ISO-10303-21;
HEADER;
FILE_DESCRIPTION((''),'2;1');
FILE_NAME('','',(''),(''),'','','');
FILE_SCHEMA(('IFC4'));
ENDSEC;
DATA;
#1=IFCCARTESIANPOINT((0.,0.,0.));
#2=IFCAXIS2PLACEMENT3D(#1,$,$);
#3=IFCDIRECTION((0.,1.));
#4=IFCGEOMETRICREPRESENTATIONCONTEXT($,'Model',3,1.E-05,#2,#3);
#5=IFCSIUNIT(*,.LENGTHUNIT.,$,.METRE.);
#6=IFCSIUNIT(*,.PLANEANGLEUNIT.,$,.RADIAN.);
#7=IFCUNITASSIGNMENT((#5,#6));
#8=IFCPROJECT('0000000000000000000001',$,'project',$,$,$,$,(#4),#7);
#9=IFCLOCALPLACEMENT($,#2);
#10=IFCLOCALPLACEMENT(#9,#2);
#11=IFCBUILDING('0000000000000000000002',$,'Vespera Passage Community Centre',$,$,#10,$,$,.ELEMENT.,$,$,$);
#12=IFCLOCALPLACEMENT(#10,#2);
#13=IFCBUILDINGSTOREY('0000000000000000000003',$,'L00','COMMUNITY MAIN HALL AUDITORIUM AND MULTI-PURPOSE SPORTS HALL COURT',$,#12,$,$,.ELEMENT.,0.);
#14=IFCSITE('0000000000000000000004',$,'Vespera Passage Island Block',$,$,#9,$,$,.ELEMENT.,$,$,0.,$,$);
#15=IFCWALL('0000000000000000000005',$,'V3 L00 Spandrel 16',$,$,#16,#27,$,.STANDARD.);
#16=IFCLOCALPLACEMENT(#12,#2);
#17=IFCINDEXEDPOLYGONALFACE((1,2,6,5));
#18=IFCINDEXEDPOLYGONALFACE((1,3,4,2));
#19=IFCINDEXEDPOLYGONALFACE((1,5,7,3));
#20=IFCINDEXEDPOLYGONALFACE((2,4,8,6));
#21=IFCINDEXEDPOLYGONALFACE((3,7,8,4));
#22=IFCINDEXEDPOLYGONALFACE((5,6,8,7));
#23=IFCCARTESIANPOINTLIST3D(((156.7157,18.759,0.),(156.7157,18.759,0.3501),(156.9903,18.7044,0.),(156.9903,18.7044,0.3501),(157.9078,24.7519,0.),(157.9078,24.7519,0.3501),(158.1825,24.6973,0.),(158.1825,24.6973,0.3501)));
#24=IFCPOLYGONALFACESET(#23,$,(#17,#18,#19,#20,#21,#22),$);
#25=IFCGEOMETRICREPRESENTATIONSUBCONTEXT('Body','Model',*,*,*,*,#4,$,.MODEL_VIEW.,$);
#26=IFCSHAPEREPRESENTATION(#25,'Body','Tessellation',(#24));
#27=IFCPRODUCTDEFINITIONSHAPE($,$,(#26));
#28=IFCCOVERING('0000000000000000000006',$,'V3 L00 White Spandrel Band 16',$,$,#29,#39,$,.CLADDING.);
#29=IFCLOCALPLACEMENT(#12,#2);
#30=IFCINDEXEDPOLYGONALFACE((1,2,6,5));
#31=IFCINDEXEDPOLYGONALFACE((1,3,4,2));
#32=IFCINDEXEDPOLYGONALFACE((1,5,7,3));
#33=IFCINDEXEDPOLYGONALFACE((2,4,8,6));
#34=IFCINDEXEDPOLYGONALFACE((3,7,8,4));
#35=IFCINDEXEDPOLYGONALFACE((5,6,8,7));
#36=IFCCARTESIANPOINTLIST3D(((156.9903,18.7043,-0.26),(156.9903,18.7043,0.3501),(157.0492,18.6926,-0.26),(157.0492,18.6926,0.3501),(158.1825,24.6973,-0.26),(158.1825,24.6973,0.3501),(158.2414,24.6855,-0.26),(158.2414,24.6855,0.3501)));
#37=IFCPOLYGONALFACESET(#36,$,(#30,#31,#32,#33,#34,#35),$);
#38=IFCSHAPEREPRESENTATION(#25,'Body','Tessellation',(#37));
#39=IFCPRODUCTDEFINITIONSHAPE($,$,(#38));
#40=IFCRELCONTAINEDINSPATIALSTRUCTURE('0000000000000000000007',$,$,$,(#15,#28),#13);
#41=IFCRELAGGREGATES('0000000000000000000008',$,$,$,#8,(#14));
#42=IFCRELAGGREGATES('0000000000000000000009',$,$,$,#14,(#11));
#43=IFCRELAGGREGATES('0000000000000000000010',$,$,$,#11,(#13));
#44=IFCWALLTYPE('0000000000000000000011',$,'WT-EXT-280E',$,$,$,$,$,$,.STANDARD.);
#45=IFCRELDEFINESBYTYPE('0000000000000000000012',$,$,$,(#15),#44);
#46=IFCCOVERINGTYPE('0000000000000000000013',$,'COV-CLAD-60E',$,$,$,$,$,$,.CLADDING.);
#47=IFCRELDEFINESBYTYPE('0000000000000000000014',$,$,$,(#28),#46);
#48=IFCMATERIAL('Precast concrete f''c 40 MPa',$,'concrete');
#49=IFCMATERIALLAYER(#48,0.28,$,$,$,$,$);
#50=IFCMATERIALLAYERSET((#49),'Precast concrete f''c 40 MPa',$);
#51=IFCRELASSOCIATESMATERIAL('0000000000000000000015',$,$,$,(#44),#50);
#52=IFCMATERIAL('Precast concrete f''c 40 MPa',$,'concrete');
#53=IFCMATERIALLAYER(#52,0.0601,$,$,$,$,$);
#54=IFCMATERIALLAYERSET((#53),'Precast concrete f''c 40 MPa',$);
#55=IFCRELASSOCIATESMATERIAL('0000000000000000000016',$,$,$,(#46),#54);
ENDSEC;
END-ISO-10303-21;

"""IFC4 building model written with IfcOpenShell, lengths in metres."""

from ifc_helpers import new_model, si_unit, direction, frame, frame_2d, origin, place, context, subcontext, project, spatial, rectangle, extrude, material, layer, layer_set, type_object, element, save


model = new_model("IFC4")

# Units and contexts
model_context = context("Model", 3, precision=1e-05, world=origin(), true_north=direction((0.0, 1.0)))
body_context = subcontext(model_context, "Body", "Model", "MODEL_VIEW")
ifc_project = project(units=[si_unit("LENGTHUNIT", "METRE"), si_unit("PLANEANGLEUNIT", "RADIAN")], contexts=[model_context])

# Site, building, storey
site_placement = place(None, origin())
site = spatial("IfcSite", under=ifc_project, at=site_placement, Name="Vespera Passage Island Block", CompositionType="ELEMENT", RefElevation=0.0)
building_placement = place(site_placement, origin())
building = spatial("IfcBuilding", under=site, at=building_placement, Name="Vespera Passage Community Centre", CompositionType="ELEMENT")
storey_placement = place(building_placement, origin())
storey = spatial("IfcBuildingStorey", under=building, at=storey_placement, Name="L00", Description="COMMUNITY MAIN HALL AUDITORIUM AND MULTI-PURPOSE SPORTS HALL COURT", CompositionType="ELEMENT", Elevation=0.0)

# Wall
ifc_material_1 = material(Name="Precast concrete f'c 40 MPa", Category="concrete")
ifc_layer_1 = layer(ifc_material_1, 0.28)
ifc_layer_set_1 = layer_set([ifc_layer_1], Name="Precast concrete f'c 40 MPa")
wall_type = type_object("IfcWallType", Name="WT-EXT-280E", PredefinedType="STANDARD", material=ifc_layer_set_1)
wall_placement = place(storey_placement, frame((158.0452, 24.7246, 0.0), z_axis=(0.0, 0.0, 1.0), x_axis=(-0.195102, -0.980783, 0.0)))
element("IfcWall", 1, at=wall_placement, inside=storey, type_object=wall_type, Name="V3 L00 Spandrel 16", PredefinedType="STANDARD", context=body_context, shape_type="SweptSolid", body=[
    extrude(rectangle(XDim=6.1104, YDim=0.28, at=frame_2d((3.0552, 0.0))), origin(), (0.0, 0.0, 1.0), 0.3501),
])

# Covering
ifc_material_2 = material(Name="Precast concrete f'c 40 MPa", Category="concrete")
ifc_layer_2 = layer(ifc_material_2, 0.0601)
ifc_layer_set_2 = layer_set([ifc_layer_2], Name="Precast concrete f'c 40 MPa")
covering_type = type_object("IfcCoveringType", Name="COV-CLAD-60E", PredefinedType="CLADDING", material=ifc_layer_set_2)
covering_placement = place(storey_placement, frame((158.2119, 24.6914, -0.26), z_axis=(0.0, 0.0, 1.0), x_axis=(-0.195102, -0.980783, 0.0)))
element("IfcCovering", 2, at=covering_placement, inside=storey, type_object=covering_type, Name="V3 L00 White Spandrel Band 16", PredefinedType="CLADDING", context=body_context, shape_type="SweptSolid", body=[
    extrude(rectangle(XDim=6.1104, YDim=0.0601, at=frame_2d((3.0552, 0.0))), origin(), (0.0, 0.0, 1.0), 0.6101),
])

save(model, "model.ifc")
